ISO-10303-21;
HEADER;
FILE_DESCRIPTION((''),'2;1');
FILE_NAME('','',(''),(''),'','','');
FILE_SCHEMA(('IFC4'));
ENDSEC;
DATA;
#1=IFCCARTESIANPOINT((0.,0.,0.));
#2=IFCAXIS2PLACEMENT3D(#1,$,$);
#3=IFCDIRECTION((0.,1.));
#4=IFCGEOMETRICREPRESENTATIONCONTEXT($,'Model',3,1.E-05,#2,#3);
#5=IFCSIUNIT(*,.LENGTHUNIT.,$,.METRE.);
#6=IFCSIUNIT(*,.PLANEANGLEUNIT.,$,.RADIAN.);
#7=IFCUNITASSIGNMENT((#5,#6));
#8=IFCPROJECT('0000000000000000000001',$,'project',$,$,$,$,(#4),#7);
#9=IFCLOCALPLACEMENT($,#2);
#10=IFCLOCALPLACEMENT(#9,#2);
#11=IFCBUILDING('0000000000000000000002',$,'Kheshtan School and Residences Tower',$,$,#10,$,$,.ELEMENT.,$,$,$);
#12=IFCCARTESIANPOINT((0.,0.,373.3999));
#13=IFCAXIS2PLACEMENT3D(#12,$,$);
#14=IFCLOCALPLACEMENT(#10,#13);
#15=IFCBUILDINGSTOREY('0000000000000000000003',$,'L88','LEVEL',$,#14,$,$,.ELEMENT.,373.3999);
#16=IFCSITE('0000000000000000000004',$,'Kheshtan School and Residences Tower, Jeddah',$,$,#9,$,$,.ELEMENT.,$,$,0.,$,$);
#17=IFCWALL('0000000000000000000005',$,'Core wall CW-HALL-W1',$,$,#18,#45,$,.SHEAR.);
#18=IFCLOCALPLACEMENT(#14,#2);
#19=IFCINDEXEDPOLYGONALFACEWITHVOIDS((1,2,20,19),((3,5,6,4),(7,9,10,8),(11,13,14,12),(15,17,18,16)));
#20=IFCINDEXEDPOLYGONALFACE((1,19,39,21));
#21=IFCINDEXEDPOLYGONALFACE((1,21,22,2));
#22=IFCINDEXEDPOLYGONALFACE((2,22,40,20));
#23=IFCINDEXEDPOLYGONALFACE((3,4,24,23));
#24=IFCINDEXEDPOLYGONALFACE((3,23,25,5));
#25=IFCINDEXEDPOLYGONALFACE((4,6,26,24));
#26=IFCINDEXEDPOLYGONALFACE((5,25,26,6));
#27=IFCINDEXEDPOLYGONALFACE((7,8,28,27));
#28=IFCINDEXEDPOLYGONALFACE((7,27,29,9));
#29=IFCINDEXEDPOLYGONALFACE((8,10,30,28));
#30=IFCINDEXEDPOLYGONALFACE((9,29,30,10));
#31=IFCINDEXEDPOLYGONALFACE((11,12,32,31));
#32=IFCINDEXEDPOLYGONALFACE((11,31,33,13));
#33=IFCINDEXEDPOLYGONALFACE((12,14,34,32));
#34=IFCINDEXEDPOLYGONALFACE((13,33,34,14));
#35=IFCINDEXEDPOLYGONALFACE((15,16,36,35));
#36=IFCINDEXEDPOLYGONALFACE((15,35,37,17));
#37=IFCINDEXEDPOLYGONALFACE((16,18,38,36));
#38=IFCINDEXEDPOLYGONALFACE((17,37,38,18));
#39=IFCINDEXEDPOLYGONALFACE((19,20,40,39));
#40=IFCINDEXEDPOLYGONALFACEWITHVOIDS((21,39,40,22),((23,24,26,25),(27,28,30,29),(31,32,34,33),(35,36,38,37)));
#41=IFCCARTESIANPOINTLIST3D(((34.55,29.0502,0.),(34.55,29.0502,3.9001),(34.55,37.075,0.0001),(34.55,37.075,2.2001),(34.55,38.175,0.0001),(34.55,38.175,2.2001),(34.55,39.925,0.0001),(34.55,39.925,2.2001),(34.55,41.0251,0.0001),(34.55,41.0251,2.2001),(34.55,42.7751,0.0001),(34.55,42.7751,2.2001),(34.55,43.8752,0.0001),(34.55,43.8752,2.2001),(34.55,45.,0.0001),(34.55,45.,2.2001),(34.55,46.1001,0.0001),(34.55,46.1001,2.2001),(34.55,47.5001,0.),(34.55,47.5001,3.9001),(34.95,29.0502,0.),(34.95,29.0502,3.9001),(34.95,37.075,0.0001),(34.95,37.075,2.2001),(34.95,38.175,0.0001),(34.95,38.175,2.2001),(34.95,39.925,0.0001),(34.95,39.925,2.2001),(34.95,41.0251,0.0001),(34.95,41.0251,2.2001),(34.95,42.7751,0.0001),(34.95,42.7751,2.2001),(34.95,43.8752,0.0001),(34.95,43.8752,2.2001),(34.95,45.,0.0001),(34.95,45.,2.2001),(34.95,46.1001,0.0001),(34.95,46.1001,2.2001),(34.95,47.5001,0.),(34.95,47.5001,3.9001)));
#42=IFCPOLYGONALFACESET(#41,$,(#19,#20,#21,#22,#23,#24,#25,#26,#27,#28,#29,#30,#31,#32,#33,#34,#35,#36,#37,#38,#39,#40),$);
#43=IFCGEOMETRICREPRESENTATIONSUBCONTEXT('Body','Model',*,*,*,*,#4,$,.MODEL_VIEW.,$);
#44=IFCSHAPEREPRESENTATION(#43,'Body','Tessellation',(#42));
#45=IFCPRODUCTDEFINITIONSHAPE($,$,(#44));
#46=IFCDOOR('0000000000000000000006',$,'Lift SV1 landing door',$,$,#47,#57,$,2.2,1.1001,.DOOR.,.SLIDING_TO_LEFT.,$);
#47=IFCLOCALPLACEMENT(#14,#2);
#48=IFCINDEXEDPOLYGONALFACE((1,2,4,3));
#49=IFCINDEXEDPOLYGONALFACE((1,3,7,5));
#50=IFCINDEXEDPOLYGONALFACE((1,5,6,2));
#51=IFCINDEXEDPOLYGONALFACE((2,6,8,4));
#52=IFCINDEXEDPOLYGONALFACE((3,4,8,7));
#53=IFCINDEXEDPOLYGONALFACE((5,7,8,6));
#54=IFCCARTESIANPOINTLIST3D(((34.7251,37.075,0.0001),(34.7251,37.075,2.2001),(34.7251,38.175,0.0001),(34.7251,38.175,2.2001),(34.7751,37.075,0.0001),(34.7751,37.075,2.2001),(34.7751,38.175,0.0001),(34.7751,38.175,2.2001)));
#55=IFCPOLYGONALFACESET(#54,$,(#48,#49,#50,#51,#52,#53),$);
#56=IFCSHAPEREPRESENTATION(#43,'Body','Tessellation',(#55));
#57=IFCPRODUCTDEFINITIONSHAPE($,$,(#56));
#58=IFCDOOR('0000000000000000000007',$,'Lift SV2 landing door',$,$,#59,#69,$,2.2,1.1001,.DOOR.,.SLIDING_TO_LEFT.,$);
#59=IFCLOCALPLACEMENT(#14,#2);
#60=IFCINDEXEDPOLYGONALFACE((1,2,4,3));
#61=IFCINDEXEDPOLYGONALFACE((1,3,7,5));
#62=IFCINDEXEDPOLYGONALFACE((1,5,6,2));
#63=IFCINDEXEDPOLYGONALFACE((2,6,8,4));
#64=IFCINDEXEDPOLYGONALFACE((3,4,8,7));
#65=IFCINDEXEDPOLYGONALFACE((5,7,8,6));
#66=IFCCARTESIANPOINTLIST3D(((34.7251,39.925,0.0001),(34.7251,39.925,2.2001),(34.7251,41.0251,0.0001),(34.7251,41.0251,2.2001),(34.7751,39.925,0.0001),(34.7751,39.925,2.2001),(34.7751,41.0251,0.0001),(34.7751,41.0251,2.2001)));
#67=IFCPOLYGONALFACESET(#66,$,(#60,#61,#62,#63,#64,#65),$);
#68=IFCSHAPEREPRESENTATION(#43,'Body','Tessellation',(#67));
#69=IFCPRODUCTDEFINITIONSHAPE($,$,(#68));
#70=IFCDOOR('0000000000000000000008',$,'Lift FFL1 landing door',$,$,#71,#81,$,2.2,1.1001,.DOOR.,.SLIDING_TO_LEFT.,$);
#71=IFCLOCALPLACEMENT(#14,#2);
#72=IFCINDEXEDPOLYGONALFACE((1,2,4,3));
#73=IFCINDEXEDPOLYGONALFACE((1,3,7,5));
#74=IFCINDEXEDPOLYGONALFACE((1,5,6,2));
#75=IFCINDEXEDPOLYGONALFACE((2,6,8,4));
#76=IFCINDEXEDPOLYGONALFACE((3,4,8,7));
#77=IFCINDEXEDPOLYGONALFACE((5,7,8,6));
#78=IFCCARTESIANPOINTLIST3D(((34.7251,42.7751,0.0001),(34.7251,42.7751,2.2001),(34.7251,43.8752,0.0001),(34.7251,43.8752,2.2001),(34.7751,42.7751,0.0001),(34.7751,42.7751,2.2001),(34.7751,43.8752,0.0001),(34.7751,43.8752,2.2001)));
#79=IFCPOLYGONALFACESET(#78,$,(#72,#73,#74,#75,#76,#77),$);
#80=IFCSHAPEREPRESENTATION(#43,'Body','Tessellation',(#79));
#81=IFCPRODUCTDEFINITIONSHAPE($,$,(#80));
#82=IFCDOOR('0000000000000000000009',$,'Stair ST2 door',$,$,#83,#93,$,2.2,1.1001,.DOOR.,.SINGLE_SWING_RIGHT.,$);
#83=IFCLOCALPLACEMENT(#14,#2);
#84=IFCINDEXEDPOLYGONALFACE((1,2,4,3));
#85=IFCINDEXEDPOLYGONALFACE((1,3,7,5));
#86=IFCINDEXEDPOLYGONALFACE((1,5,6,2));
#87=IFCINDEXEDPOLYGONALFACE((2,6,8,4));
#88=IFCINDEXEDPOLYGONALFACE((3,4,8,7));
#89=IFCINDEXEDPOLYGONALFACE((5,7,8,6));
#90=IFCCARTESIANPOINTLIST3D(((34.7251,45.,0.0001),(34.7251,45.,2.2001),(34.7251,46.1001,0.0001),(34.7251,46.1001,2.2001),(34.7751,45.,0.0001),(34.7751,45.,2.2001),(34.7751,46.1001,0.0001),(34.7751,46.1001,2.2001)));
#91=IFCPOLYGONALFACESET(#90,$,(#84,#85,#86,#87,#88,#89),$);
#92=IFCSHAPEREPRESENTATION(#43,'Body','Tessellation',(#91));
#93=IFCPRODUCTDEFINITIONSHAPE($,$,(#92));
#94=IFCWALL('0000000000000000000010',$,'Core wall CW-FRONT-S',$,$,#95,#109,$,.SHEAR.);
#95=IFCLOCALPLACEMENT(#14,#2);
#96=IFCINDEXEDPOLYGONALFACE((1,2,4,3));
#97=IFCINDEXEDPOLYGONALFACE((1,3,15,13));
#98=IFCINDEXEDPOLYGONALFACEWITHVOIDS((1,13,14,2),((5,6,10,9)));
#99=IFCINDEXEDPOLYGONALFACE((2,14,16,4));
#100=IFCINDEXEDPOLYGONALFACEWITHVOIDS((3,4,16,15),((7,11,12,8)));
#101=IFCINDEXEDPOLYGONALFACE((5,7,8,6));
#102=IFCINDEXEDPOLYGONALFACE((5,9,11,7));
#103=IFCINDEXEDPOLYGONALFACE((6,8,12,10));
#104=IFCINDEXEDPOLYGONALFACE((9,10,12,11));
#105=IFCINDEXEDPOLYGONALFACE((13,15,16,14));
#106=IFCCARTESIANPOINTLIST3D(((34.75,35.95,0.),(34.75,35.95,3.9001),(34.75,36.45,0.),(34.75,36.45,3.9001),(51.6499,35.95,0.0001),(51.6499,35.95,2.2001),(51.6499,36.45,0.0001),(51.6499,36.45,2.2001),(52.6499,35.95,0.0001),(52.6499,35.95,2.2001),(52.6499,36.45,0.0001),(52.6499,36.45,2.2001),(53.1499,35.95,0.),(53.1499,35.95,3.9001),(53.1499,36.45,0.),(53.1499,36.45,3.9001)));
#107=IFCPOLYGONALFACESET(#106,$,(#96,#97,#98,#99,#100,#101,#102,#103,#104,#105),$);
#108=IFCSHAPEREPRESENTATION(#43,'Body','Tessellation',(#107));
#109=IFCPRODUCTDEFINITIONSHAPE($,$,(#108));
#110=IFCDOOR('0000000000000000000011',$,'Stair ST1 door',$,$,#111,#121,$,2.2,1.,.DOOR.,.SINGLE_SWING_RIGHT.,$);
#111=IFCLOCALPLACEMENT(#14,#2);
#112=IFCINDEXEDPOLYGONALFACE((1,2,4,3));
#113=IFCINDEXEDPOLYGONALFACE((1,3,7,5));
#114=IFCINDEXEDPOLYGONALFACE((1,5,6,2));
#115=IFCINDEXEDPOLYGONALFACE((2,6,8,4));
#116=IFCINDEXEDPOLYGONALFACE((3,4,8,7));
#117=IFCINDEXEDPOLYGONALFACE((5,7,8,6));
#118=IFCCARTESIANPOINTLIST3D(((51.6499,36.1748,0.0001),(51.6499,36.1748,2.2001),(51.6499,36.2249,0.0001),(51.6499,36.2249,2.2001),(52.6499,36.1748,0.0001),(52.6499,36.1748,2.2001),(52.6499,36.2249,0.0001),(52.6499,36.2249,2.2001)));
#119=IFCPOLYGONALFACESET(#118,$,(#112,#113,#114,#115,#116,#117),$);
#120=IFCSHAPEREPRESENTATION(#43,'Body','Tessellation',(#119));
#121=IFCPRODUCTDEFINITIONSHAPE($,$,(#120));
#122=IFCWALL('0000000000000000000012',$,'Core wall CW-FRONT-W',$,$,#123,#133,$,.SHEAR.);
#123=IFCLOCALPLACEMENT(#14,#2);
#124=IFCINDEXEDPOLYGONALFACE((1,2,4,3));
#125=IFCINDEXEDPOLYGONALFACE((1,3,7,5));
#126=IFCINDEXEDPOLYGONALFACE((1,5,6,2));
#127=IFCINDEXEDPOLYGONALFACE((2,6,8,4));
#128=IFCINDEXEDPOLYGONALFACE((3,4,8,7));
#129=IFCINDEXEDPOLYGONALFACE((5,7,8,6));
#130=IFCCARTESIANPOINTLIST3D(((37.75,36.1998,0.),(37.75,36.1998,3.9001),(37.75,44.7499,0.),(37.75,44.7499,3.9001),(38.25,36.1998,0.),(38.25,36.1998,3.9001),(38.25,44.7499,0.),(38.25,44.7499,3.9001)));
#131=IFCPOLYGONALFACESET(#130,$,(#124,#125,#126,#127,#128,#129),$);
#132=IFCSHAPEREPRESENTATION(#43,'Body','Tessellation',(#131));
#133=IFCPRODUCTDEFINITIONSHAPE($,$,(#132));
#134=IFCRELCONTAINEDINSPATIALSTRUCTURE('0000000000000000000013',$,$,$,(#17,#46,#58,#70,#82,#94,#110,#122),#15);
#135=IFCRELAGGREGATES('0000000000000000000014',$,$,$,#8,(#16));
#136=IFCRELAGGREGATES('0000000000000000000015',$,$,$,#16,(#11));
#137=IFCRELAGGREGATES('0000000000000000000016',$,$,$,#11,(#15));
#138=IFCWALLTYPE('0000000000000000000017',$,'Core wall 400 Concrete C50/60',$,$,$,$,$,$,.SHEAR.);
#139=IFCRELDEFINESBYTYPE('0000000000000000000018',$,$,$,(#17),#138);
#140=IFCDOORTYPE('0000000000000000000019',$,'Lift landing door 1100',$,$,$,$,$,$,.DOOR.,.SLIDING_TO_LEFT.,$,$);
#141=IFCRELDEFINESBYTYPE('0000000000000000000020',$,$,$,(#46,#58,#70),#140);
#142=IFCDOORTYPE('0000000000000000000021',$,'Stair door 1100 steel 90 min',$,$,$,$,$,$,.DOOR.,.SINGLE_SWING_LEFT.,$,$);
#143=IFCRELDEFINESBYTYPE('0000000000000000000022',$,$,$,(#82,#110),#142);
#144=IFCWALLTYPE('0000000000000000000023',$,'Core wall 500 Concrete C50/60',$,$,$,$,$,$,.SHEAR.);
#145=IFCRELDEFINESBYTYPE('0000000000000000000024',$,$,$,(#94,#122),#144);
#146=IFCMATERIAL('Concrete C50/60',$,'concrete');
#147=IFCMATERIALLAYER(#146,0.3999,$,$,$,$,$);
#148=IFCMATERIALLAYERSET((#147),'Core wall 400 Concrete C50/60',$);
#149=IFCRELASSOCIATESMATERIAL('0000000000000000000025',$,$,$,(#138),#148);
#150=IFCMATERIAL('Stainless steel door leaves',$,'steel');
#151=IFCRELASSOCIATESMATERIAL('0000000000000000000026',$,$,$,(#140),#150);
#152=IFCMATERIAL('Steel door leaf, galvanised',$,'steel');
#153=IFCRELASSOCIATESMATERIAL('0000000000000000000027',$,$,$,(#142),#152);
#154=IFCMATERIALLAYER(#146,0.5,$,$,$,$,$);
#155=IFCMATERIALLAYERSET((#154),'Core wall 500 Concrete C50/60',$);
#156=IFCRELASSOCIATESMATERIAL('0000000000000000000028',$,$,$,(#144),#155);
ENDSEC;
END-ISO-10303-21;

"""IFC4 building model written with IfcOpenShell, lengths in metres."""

from ifc_helpers import new_model, si_unit, direction, frame, frame_2d, origin, place, context, subcontext, project, spatial, rectangle, extrude, source, transform, mapped, material, layer, layer_set, type_object, element, fill, save


model = new_model("IFC4")

# Units and contexts
model_context = context("Model", 3, precision=1e-05, world=origin(), true_north=direction((0.0, 1.0)))
body_context = subcontext(model_context, "Body", "Model", "MODEL_VIEW")
ifc_project = project(units=[si_unit("LENGTHUNIT", "METRE"), si_unit("PLANEANGLEUNIT", "RADIAN")], contexts=[model_context])

# Site, building, storey
site_placement = place(None, origin())
site = spatial("IfcSite", under=ifc_project, at=site_placement, Name="Kheshtan School and Residences Tower, Jeddah", CompositionType="ELEMENT", RefElevation=0.0)
building_placement = place(site_placement, origin())
building = spatial("IfcBuilding", under=site, at=building_placement, Name="Kheshtan School and Residences Tower", CompositionType="ELEMENT")
storey_placement = place(building_placement, frame((0.0, 0.0, 373.3999)))
storey = spatial("IfcBuildingStorey", under=building, at=storey_placement, Name="L88", Description="LEVEL", CompositionType="ELEMENT", Elevation=373.3999)

# Wall, openings, doors
ifc_material_1 = material(Name="Concrete C50/60", Category="concrete")
ifc_layer_1 = layer(ifc_material_1, 0.3999)
ifc_layer_set_1 = layer_set([ifc_layer_1], Name="Core wall 400 Concrete C50/60")
wall_type_1 = type_object("IfcWallType", Name="Core wall 400 Concrete C50/60", PredefinedType="SHEAR", material=ifc_layer_set_1)
ifc_material_2 = material(Name="Stainless steel door leaves", Category="steel")
door_type_1 = type_object("IfcDoorType", Name="Lift landing door 1100", OperationType="SLIDING_TO_LEFT", PredefinedType="DOOR", material=ifc_material_2)
shared_shape_1 = source(origin(), body_context, "Body", "SweptSolid", [
    extrude(rectangle(XDim=1.1001, YDim=2.2, at=frame_2d((0.55, 1.1001))), frame((0.0, 0.0249, 0.0), z_axis=(0.0, -1.0, 0.0), x_axis=(1.0, 0.0, 0.0)), (0.0, 0.0, 1.0), 0.05),
])
ifc_material_3 = material(Name="Steel door leaf, galvanised", Category="steel")
wall_1_placement = place(storey_placement, frame((34.75, 29.05, 0.0), z_axis=(0.0, 0.0, 1.0), x_axis=(0.0, 1.0, 0.0)))
wall_1 = element("IfcWall", 1, at=wall_1_placement, inside=storey, type_object=wall_type_1, Name="Core wall CW-HALL-W1", PredefinedType="SHEAR", context=body_context, shape_type="SweptSolid", body=[
    extrude(rectangle(XDim=18.45, YDim=0.3999, at=frame_2d((9.2251, 0.0))), origin(), (0.0, 0.0, 1.0), 3.9001),
])
opening_1_placement = place(wall_1_placement, frame((8.0249, 0.0, 0.0)))
opening_1 = element("IfcOpeningElement", 2, at=opening_1_placement, cuts=wall_1, PredefinedType="OPENING", context=body_context, shape_type="SweptSolid", body=[
    extrude(rectangle(XDim=1.1001, YDim=2.2, at=frame_2d((0.55, 1.1001))), frame((0.0, 0.21, 0.0), z_axis=(0.0, -1.0, 0.0), x_axis=(1.0, 0.0, 0.0)), (0.0, 0.0, 1.0), 0.4199),
])
opening_2_placement = place(wall_1_placement, frame((10.875, 0.0, 0.0)))
opening_2 = element("IfcOpeningElement", 3, at=opening_2_placement, cuts=wall_1, PredefinedType="OPENING", context=body_context, shape_type="SweptSolid", body=[
    extrude(rectangle(XDim=1.1001, YDim=2.2, at=frame_2d((0.55, 1.1001))), frame((0.0, 0.21, 0.0), z_axis=(0.0, -1.0, 0.0), x_axis=(1.0, 0.0, 0.0)), (0.0, 0.0, 1.0), 0.4199),
])
opening_3_placement = place(wall_1_placement, frame((13.7251, 0.0, 0.0)))
opening_3 = element("IfcOpeningElement", 4, at=opening_3_placement, cuts=wall_1, PredefinedType="OPENING", context=body_context, shape_type="SweptSolid", body=[
    extrude(rectangle(XDim=1.1001, YDim=2.2, at=frame_2d((0.55, 1.1001))), frame((0.0, 0.21, 0.0), z_axis=(0.0, -1.0, 0.0), x_axis=(1.0, 0.0, 0.0)), (0.0, 0.0, 1.0), 0.4199),
])
opening_4_placement = place(wall_1_placement, frame((15.95, 0.0, 0.0)))
opening_4 = element("IfcOpeningElement", 5, at=opening_4_placement, cuts=wall_1, PredefinedType="OPENING", context=body_context, shape_type="SweptSolid", body=[
    extrude(rectangle(XDim=1.1001, YDim=2.2, at=frame_2d((0.55, 1.1001))), frame((0.0, 0.21, 0.0), z_axis=(0.0, -1.0, 0.0), x_axis=(1.0, 0.0, 0.0)), (0.0, 0.0, 1.0), 0.4199),
])
door_1_placement = place(opening_1_placement, origin())
door_1 = element("IfcDoor", 6, at=door_1_placement, inside=storey, type_object=door_type_1, Name="Lift SV1 landing door", OperationType="SLIDING_TO_LEFT", OverallHeight=2.2, OverallWidth=1.1001, PredefinedType="DOOR", context=body_context, shape_type="MappedRepresentation", body=[
    mapped(shared_shape_1, transform((0.0, 0.0, 0.0), x_axis=(1.0, 0.0, 0.0), y_axis=(0.0, 1.0, 0.0), z_axis=(0.0, 0.0, 1.0), scale=1.0)),
])
fill(opening_1, door_1)
door_2_placement = place(opening_2_placement, origin())
door_2 = element("IfcDoor", 7, at=door_2_placement, inside=storey, type_object=door_type_1, Name="Lift SV2 landing door", OperationType="SLIDING_TO_LEFT", OverallHeight=2.2, OverallWidth=1.1001, PredefinedType="DOOR", context=body_context, shape_type="MappedRepresentation", body=[
    mapped(shared_shape_1, transform((0.0, 0.0, 0.0), x_axis=(1.0, 0.0, 0.0), y_axis=(0.0, 1.0, 0.0), z_axis=(0.0, 0.0, 1.0), scale=1.0)),
])
fill(opening_2, door_2)
door_3_placement = place(opening_3_placement, origin())
door_3 = element("IfcDoor", 8, at=door_3_placement, inside=storey, type_object=door_type_1, Name="Lift FFL1 landing door", OperationType="SLIDING_TO_LEFT", OverallHeight=2.2, OverallWidth=1.1001, PredefinedType="DOOR", context=body_context, shape_type="MappedRepresentation", body=[
    mapped(shared_shape_1, transform((0.0, 0.0, 0.0), x_axis=(1.0, 0.0, 0.0), y_axis=(0.0, 1.0, 0.0), z_axis=(0.0, 0.0, 1.0), scale=1.0)),
])
fill(opening_3, door_3)
door_type_2 = type_object("IfcDoorType", Name="Stair door 1100 steel 90 min", OperationType="SINGLE_SWING_LEFT", PredefinedType="DOOR", material=ifc_material_3)
shared_shape_2 = source(origin(), body_context, "Body", "SweptSolid", [
    extrude(rectangle(XDim=1.1001, YDim=2.2, at=frame_2d((0.55, 1.1001))), frame((0.0, 0.0249, 0.0), z_axis=(0.0, -1.0, 0.0), x_axis=(1.0, 0.0, 0.0)), (0.0, 0.0, 1.0), 0.05),
])
door_4_placement = place(opening_4_placement, origin())
door_4 = element("IfcDoor", 9, at=door_4_placement, inside=storey, type_object=door_type_2, Name="Stair ST2 door", OperationType="SINGLE_SWING_RIGHT", OverallHeight=2.2, OverallWidth=1.1001, PredefinedType="DOOR", context=body_context, shape_type="MappedRepresentation", body=[
    mapped(shared_shape_2, transform((0.0, 0.0, 0.0), x_axis=(1.0, 0.0, 0.0), y_axis=(0.0, 1.0, 0.0), z_axis=(0.0, 0.0, 1.0), scale=1.0)),
])
fill(opening_4, door_4)

# Wall, opening, door
ifc_layer_2 = layer(ifc_material_1, 0.5)
ifc_layer_set_2 = layer_set([ifc_layer_2], Name="Core wall 500 Concrete C50/60")
wall_type_2 = type_object("IfcWallType", Name="Core wall 500 Concrete C50/60", PredefinedType="SHEAR", material=ifc_layer_set_2)
wall_2_placement = place(storey_placement, frame((34.75, 36.2, 0.0), z_axis=(0.0, 0.0, 1.0), x_axis=(1.0, 0.0, 0.0)))
wall_2 = element("IfcWall", 10, at=wall_2_placement, inside=storey, type_object=wall_type_2, Name="Core wall CW-FRONT-S", PredefinedType="SHEAR", context=body_context, shape_type="SweptSolid", body=[
    extrude(rectangle(XDim=18.3999, YDim=0.5, at=frame_2d((9.2, 0.0))), origin(), (0.0, 0.0, 1.0), 3.9001),
])
opening_5_placement = place(wall_2_placement, frame((16.8999, 0.0, 0.0)))
opening_5 = element("IfcOpeningElement", 11, at=opening_5_placement, cuts=wall_2, PredefinedType="OPENING", context=body_context, shape_type="SweptSolid", body=[
    extrude(rectangle(XDim=1.0, YDim=2.2, at=frame_2d((0.5, 1.1001))), frame((0.0, 0.26, 0.0), z_axis=(0.0, -1.0, 0.0), x_axis=(1.0, 0.0, 0.0)), (0.0, 0.0, 1.0), 0.52),
])
shared_shape_3 = source(origin(), body_context, "Body", "SweptSolid", [
    extrude(rectangle(XDim=1.0, YDim=2.2, at=frame_2d((0.5, 1.1001))), frame((0.0, 0.0249, 0.0), z_axis=(0.0, -1.0, 0.0), x_axis=(1.0, 0.0, 0.0)), (0.0, 0.0, 1.0), 0.05),
])
door_5_placement = place(opening_5_placement, origin())
door_5 = element("IfcDoor", 12, at=door_5_placement, inside=storey, type_object=door_type_2, Name="Stair ST1 door", OperationType="SINGLE_SWING_RIGHT", OverallHeight=2.2, OverallWidth=1.0, PredefinedType="DOOR", context=body_context, shape_type="MappedRepresentation", body=[
    mapped(shared_shape_3, transform((0.0, 0.0, 0.0), x_axis=(1.0, 0.0, 0.0), y_axis=(0.0, 1.0, 0.0), z_axis=(0.0, 0.0, 1.0), scale=1.0)),
])
fill(opening_5, door_5)

# Wall
wall_3_placement = place(storey_placement, frame((38.0, 36.2, 0.0), z_axis=(0.0, 0.0, 1.0), x_axis=(0.0, 1.0, 0.0)))
element("IfcWall", 13, at=wall_3_placement, inside=storey, type_object=wall_type_2, Name="Core wall CW-FRONT-W", PredefinedType="SHEAR", context=body_context, shape_type="SweptSolid", body=[
    extrude(rectangle(XDim=8.55, YDim=0.5, at=frame_2d((4.2749, 0.0))), origin(), (0.0, 0.0, 1.0), 3.9001),
])

save(model, "model.ifc")
